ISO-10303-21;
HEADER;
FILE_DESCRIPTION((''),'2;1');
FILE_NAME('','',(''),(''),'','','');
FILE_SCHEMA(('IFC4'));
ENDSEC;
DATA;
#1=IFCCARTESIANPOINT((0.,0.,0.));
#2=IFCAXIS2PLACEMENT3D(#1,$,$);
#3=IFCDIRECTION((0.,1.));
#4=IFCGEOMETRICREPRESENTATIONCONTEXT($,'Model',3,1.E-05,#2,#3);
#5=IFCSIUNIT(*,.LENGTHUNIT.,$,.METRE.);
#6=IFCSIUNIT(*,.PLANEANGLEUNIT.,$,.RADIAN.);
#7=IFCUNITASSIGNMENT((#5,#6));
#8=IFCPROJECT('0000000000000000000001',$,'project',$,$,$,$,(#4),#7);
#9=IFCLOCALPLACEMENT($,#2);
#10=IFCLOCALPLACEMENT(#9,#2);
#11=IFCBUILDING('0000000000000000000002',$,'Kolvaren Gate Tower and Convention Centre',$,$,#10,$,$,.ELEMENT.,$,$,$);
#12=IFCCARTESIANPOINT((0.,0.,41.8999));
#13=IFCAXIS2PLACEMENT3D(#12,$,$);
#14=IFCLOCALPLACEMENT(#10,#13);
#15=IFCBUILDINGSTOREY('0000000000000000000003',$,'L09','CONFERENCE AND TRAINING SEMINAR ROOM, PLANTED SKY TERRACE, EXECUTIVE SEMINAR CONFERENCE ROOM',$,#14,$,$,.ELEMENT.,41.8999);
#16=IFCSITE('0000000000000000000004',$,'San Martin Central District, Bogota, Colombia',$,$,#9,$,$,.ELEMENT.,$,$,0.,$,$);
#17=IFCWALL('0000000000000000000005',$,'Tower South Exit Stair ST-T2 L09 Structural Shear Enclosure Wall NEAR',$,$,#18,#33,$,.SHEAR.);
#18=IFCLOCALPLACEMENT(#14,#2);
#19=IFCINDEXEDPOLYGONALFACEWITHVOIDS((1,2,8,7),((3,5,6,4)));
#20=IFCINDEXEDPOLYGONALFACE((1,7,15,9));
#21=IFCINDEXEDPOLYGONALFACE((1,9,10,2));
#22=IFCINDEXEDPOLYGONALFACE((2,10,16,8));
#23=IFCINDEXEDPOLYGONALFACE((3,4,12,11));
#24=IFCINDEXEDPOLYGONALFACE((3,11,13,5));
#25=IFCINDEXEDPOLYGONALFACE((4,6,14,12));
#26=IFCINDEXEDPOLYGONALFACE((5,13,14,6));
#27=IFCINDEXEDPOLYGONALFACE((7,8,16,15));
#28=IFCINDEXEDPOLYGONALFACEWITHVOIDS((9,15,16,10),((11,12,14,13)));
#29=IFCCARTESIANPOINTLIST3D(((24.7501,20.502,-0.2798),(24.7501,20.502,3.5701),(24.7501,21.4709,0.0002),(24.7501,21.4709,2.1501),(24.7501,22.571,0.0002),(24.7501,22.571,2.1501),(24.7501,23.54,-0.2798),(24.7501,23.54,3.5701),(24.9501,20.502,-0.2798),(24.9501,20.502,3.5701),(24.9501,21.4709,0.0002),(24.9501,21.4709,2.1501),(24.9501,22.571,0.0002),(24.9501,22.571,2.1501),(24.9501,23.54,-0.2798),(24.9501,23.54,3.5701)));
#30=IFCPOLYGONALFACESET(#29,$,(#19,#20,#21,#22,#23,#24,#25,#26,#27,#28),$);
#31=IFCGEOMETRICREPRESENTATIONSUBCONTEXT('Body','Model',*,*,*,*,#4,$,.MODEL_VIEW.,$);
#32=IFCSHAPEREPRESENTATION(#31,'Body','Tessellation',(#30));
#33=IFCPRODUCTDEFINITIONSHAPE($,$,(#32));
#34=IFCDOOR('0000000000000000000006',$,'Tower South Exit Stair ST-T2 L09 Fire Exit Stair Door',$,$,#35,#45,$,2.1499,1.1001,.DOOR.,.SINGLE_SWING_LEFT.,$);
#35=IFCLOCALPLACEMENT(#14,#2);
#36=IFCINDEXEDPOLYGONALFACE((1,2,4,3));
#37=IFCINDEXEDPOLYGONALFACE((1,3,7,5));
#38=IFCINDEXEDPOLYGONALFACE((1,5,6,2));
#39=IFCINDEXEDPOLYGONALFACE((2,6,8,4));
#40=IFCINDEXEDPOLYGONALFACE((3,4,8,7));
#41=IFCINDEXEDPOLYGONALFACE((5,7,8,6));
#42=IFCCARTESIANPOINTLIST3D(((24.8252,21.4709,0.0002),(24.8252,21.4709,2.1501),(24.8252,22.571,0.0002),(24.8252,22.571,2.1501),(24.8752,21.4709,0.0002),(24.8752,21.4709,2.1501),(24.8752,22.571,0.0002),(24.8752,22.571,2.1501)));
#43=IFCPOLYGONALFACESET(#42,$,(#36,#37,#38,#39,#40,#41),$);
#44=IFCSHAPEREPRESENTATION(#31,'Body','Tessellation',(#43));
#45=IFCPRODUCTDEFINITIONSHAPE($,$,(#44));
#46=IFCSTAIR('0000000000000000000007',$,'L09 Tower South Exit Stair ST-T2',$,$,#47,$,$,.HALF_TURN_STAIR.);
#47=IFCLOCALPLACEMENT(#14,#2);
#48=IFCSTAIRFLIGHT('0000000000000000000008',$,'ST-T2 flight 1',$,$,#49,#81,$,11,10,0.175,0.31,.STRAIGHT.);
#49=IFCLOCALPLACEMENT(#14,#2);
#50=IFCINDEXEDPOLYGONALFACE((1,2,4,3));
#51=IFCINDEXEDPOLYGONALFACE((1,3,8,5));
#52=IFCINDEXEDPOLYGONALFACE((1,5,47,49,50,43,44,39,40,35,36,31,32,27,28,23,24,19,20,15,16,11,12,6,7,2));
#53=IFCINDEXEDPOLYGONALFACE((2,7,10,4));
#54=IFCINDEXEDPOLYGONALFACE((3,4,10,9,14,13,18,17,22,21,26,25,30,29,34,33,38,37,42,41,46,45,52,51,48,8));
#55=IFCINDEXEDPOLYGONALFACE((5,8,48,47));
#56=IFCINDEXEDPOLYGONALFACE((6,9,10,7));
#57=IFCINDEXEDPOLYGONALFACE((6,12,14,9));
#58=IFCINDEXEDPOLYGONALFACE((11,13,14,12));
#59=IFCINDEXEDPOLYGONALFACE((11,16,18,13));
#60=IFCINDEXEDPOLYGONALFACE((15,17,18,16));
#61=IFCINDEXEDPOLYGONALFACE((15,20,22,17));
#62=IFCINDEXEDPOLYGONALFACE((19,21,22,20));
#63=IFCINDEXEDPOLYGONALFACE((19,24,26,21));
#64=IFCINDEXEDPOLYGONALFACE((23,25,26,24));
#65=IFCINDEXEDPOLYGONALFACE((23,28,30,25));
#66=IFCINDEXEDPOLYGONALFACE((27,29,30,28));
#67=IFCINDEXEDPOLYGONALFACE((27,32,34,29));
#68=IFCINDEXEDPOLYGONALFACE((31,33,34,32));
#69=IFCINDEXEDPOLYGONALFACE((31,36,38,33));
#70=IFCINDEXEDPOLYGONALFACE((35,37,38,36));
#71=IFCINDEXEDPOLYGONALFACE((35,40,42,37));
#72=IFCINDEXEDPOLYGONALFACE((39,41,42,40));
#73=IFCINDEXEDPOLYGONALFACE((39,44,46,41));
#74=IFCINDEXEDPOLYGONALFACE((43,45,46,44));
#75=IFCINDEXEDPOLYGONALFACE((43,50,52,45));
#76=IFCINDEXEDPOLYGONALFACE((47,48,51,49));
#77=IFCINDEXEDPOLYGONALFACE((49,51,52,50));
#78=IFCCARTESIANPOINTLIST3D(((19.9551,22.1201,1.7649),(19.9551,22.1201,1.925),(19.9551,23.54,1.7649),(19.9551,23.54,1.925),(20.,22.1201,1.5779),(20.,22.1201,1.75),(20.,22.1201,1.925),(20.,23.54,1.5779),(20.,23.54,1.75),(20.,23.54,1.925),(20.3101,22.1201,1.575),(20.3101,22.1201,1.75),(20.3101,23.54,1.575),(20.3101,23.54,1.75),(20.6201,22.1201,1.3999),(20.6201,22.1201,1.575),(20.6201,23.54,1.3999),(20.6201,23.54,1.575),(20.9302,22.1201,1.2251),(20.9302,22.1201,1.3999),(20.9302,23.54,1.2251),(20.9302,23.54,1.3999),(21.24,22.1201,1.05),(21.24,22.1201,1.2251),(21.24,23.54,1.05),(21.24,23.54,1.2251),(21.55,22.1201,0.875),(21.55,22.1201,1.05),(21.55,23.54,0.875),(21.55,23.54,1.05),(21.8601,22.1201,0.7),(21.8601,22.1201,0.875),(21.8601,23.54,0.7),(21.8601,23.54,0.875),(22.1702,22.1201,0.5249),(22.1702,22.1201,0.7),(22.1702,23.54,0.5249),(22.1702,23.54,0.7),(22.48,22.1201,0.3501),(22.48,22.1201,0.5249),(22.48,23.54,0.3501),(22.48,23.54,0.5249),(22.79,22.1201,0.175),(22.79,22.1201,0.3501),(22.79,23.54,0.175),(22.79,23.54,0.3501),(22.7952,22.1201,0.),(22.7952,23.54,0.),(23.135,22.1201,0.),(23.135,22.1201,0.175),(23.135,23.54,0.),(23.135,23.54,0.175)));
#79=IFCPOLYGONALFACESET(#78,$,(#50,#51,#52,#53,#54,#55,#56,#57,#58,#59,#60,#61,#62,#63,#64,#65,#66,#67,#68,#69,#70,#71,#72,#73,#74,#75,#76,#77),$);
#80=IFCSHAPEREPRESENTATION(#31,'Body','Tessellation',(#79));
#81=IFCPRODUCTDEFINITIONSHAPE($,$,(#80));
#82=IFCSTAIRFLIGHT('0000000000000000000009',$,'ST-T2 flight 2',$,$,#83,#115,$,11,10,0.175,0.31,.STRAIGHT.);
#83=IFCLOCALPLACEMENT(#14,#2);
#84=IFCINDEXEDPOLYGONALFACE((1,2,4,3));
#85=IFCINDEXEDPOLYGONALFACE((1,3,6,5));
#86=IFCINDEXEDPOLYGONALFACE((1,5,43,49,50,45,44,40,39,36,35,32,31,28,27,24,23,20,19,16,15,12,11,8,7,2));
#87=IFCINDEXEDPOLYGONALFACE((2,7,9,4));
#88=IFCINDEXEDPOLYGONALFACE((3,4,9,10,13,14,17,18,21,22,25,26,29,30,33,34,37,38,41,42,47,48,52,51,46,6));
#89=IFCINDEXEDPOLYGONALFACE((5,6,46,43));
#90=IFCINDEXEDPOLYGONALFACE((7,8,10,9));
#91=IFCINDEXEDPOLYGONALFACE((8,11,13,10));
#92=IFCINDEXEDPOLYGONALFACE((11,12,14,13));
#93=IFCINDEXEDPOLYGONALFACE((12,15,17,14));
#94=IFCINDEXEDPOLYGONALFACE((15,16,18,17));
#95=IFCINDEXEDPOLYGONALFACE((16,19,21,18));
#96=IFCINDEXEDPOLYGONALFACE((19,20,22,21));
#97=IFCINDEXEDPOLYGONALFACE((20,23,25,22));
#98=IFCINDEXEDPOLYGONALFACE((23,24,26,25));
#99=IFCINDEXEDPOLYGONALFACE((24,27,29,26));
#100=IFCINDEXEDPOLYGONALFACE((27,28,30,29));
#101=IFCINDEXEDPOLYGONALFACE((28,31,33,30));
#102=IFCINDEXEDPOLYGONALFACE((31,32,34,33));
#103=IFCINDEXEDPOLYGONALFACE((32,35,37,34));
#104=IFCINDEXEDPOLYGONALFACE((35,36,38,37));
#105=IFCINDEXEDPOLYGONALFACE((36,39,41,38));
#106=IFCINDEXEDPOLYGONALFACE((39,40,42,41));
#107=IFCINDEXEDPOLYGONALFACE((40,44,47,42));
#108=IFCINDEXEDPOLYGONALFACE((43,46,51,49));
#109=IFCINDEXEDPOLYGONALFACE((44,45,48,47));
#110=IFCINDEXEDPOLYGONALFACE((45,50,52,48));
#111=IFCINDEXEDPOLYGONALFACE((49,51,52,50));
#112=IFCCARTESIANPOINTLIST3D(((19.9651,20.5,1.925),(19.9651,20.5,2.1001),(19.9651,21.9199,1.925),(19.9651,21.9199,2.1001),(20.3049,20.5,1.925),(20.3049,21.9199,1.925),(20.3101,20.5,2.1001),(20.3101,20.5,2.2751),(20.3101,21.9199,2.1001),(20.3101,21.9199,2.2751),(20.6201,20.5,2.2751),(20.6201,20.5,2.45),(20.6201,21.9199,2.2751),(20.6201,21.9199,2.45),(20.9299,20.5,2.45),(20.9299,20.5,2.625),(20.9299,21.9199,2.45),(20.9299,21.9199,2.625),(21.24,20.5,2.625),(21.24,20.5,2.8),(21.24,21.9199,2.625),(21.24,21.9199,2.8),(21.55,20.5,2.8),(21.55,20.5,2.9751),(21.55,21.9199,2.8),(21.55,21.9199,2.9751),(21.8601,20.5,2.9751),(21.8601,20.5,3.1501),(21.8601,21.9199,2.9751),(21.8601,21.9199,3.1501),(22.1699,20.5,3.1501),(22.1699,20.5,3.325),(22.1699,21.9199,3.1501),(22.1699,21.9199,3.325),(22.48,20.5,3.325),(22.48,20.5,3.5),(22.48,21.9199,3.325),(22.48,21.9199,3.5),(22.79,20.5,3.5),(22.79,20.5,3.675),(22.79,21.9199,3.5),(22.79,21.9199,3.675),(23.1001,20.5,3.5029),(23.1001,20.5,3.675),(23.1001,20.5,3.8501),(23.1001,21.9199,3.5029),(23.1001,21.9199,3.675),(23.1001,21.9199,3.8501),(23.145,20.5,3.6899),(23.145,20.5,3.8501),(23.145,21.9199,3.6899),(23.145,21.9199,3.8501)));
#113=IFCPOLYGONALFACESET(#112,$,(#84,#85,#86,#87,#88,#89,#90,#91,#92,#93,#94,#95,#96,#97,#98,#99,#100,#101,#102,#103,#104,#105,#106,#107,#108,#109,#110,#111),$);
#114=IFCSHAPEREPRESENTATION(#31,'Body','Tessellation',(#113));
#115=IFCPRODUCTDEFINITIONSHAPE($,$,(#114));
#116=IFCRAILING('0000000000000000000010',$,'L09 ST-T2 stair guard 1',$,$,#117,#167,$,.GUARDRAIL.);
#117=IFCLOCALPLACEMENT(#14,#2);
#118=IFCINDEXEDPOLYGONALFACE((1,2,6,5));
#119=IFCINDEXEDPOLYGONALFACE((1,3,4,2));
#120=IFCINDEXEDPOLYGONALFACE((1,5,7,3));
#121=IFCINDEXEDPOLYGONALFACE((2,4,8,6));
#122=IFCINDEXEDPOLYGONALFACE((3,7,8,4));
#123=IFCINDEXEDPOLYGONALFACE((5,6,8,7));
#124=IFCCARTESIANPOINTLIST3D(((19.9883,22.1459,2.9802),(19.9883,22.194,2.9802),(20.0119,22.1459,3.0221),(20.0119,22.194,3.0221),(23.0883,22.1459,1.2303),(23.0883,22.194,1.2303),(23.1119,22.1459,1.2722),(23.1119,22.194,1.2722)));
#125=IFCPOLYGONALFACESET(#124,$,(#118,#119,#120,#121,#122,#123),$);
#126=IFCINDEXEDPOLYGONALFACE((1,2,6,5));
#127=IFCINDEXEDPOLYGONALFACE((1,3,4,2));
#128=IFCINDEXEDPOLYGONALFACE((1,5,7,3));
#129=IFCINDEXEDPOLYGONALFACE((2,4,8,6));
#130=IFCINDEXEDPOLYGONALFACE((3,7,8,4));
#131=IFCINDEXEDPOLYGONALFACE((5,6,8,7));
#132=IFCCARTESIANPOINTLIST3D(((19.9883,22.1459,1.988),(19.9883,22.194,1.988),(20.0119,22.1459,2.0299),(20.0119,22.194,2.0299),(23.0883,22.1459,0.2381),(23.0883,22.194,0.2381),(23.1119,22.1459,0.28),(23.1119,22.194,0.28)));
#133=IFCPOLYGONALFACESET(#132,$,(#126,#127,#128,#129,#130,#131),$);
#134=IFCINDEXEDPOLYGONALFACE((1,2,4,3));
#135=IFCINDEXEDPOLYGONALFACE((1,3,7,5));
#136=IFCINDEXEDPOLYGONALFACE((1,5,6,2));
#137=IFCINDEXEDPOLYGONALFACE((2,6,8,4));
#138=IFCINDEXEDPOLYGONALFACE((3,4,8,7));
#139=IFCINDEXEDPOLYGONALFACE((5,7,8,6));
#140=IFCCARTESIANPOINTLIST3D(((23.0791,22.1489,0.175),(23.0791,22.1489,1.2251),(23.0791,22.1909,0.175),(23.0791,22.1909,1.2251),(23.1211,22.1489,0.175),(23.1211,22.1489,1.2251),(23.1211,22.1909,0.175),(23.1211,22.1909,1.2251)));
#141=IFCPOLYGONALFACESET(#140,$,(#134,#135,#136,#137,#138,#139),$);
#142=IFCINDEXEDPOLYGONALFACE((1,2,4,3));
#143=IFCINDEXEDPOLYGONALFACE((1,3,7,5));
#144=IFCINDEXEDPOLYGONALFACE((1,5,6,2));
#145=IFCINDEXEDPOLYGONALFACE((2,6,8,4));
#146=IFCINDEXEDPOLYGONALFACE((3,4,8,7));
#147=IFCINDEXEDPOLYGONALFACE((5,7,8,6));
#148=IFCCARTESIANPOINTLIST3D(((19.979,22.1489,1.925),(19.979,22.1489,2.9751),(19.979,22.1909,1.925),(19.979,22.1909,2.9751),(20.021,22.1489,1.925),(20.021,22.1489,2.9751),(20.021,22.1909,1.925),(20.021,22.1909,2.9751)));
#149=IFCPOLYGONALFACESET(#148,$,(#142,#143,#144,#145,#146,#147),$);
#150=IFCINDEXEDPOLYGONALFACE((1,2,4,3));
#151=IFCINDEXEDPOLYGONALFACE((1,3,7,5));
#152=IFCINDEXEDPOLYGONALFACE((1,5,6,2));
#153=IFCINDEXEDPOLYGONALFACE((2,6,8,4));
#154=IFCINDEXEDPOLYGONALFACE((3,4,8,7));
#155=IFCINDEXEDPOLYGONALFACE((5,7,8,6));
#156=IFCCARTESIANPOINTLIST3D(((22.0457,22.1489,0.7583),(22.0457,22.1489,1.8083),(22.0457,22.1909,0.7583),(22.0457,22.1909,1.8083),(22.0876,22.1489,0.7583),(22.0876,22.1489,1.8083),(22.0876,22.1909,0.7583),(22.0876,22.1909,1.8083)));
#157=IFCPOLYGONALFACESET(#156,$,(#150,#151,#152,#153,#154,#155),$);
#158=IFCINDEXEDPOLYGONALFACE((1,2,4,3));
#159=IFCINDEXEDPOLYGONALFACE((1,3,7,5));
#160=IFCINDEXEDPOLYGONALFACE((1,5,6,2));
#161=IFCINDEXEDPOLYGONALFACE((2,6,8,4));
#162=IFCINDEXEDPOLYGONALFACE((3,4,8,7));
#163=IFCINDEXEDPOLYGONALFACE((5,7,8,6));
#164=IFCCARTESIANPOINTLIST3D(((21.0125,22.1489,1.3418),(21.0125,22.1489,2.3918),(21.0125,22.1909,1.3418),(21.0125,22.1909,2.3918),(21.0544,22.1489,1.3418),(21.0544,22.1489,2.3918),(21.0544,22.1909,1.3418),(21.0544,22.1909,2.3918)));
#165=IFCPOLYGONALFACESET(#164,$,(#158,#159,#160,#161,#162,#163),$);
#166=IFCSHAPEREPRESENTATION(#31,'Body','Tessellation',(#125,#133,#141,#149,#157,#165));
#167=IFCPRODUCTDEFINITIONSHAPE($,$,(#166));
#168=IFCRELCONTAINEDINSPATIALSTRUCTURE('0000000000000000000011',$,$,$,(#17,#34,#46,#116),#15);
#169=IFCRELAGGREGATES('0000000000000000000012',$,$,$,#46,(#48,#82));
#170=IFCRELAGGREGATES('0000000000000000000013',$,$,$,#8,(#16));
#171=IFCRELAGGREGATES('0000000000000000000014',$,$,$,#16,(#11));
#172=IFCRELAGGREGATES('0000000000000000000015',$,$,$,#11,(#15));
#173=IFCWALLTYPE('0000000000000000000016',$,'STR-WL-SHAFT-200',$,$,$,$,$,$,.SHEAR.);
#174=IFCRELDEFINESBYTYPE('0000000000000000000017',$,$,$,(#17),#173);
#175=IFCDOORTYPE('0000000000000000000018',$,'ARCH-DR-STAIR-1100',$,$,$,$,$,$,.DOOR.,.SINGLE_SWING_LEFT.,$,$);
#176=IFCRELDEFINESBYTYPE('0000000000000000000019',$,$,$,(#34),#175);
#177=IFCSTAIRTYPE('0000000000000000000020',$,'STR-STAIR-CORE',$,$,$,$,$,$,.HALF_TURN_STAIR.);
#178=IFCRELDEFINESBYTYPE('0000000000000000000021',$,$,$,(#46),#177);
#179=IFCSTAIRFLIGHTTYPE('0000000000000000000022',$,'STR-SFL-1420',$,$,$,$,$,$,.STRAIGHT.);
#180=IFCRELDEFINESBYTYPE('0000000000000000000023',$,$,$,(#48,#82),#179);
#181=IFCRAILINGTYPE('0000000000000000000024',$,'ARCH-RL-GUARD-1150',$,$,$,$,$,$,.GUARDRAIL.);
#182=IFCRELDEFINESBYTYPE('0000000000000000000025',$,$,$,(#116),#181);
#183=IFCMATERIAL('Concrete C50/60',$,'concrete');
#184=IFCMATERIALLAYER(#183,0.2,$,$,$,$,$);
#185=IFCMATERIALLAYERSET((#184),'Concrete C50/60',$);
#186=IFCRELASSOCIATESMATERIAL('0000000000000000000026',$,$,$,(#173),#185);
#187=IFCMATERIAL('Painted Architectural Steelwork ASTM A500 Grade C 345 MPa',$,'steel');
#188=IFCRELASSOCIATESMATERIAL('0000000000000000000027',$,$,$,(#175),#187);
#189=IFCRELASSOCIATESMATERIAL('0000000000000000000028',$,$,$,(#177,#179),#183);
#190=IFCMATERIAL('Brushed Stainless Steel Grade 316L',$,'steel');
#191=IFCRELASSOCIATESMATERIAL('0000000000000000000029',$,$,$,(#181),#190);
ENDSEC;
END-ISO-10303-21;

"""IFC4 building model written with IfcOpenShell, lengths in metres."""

from ifc_helpers import new_model, si_unit, direction, frame, frame_2d, origin, origin_2d, place, context, subcontext, project, spatial, polyline, rectangle, outline, extrude, material, layer, layer_set, type_object, element, fill, aggregate, save


model = new_model("IFC4")

# Units and contexts
model_context = context("Model", 3, precision=1e-05, world=origin(), true_north=direction((0.0, 1.0)))
body_context = subcontext(model_context, "Body", "Model", "MODEL_VIEW")
ifc_project = project(units=[si_unit("LENGTHUNIT", "METRE"), si_unit("PLANEANGLEUNIT", "RADIAN")], contexts=[model_context])

# Site, building, storey
site_placement = place(None, origin())
site = spatial("IfcSite", under=ifc_project, at=site_placement, Name="San Martin Central District, Bogota, Colombia", CompositionType="ELEMENT", RefElevation=0.0)
building_placement = place(site_placement, origin())
building = spatial("IfcBuilding", under=site, at=building_placement, Name="Kolvaren Gate Tower and Convention Centre", CompositionType="ELEMENT")
storey_placement = place(building_placement, frame((0.0, 0.0, 41.8999)))
storey = spatial("IfcBuildingStorey", under=building, at=storey_placement, Name="L09", Description="CONFERENCE AND TRAINING SEMINAR ROOM, PLANTED SKY TERRACE, EXECUTIVE SEMINAR CONFERENCE ROOM", CompositionType="ELEMENT", Elevation=41.8999)

# Shared definitions
ifc_material_1 = material(Name="Brushed Stainless Steel Grade 316L", Category="steel")

# Wall, opening, door
ifc_material_2 = material(Name="Concrete C50/60", Category="concrete")
ifc_layer_1 = layer(ifc_material_2, 0.2)
ifc_layer_set_1 = layer_set([ifc_layer_1], Name="Concrete C50/60")
wall_type_1 = type_object("IfcWallType", Name="STR-WL-SHAFT-200", PredefinedType="SHEAR", material=ifc_layer_set_1)
wall_1_placement = place(storey_placement, frame((24.8501, 20.502, -0.2798), z_axis=(0.0, 0.0, 1.0), x_axis=(0.0, 1.0, 0.0)))
wall_1 = element("IfcWall", 1, at=wall_1_placement, inside=storey, type_object=wall_type_1, Name="Tower South Exit Stair ST-T2 L09 Structural Shear Enclosure Wall NEAR", PredefinedType="SHEAR", context=body_context, shape_type="SweptSolid", body=[
    extrude(rectangle(XDim=3.0381, YDim=0.2, at=frame_2d((1.519, 0.0))), origin(), (0.0, 0.0, 1.0), 3.8499),
])
opening_1_placement = place(wall_1_placement, frame((0.969, 0.0, 0.28)))
opening_1 = element("IfcOpeningElement", 2, at=opening_1_placement, cuts=wall_1, PredefinedType="OPENING", context=body_context, shape_type="SweptSolid", body=[
    extrude(rectangle(XDim=1.1001, YDim=2.1499, at=frame_2d((0.55, 1.075))), frame((0.0, 0.1099, 0.0), z_axis=(0.0, -1.0, 0.0), x_axis=(1.0, 0.0, 0.0)), (0.0, 0.0, 1.0), 0.22),
])
ifc_material_3 = material(Name="Painted Architectural Steelwork ASTM A500 Grade C 345 MPa", Category="steel")
door_type_1 = type_object("IfcDoorType", Name="ARCH-DR-STAIR-1100", OperationType="SINGLE_SWING_LEFT", PredefinedType="DOOR", material=ifc_material_3)
door_1_placement = place(opening_1_placement, origin())
door_1 = element("IfcDoor", 3, at=door_1_placement, inside=storey, type_object=door_type_1, Name="Tower South Exit Stair ST-T2 L09 Fire Exit Stair Door", OperationType="SINGLE_SWING_LEFT", OverallHeight=2.1499, OverallWidth=1.1001, PredefinedType="DOOR", context=body_context, shape_type="SweptSolid", body=[
    extrude(rectangle(XDim=1.1001, YDim=2.1499, at=frame_2d((0.55, 1.075))), frame((0.0, 0.0249, 0.0), z_axis=(0.0, -1.0, 0.0), x_axis=(1.0, 0.0, 0.0)), (0.0, 0.0, 1.0), 0.05),
])
fill(opening_1, door_1)

# Stair, stair flights
stair_type = type_object("IfcStairType", Name="STR-STAIR-CORE", PredefinedType="HALF_TURN_STAIR", material=ifc_material_2)
stair_placement = place(storey_placement, origin())
stair = element("IfcStair", 4, at=stair_placement, inside=storey, type_object=stair_type, Name="L09 Tower South Exit Stair ST-T2", PredefinedType="HALF_TURN_STAIR")
stair_flight_type = type_object("IfcStairFlightType", Name="STR-SFL-1420", PredefinedType="STRAIGHT", material=ifc_material_2)
stair_flight_1_placement = place(storey_placement, frame((23.1001, 22.8301, 0.0), z_axis=(0.0, 0.0, 1.0), x_axis=(-1.0, 0.0, 0.0)))
stair_flight_1 = element("IfcStairFlight", 5, at=stair_flight_1_placement, type_object=stair_flight_type, Name="ST-T2 flight 1", NumberOfRisers=11, NumberOfTreads=10, PredefinedType="STRAIGHT", RiserHeight=0.175, TreadLength=0.31, context=body_context, shape_type="SweptSolid", body=[
    extrude(outline(polyline([(-0.0349, 0.0), (-0.0349, 0.175), (0.3101, 0.175), (0.3101, 0.3501), (0.6201, 0.3501), (0.6201, 0.5249), (0.9299, 0.5249), (0.9299, 0.7), (1.24, 0.7), (1.24, 0.875), (1.55, 0.875), (1.55, 1.05), (1.8601, 1.05), (1.8601, 1.2251), (2.1699, 1.2251), (2.1699, 1.3999), (2.48, 1.3999), (2.48, 1.575), (2.79, 1.575), (2.79, 1.75), (3.1001, 1.75), (3.1001, 1.925), (3.145, 1.925), (3.145, 1.7649), (3.1001, 1.5779), (0.3049, 0.0), (-0.0349, 0.0)])), frame((0.0, 0.71, 0.0), z_axis=(0.0, -1.0, 0.0), x_axis=(1.0, 0.0, 0.0)), (0.0, 0.0, 1.0), 1.4199),
])
stair_flight_2_placement = place(storey_placement, frame((20.0, 21.21, 1.925), z_axis=(0.0, 0.0, 1.0), x_axis=(1.0, 0.0, 0.0)))
stair_flight_2 = element("IfcStairFlight", 6, at=stair_flight_2_placement, type_object=stair_flight_type, Name="ST-T2 flight 2", NumberOfRisers=11, NumberOfTreads=10, PredefinedType="STRAIGHT", RiserHeight=0.175, TreadLength=0.31, context=body_context, shape_type="SweptSolid", body=[
    extrude(outline(polyline([(-0.0349, 0.0), (-0.0349, 0.175), (0.3101, 0.175), (0.3101, 0.3501), (0.6201, 0.3501), (0.6201, 0.5249), (0.9299, 0.5249), (0.9299, 0.7), (1.24, 0.7), (1.24, 0.875), (1.55, 0.875), (1.55, 1.05), (1.8601, 1.05), (1.8601, 1.2251), (2.1699, 1.2251), (2.1699, 1.3999), (2.48, 1.3999), (2.48, 1.575), (2.79, 1.575), (2.79, 1.75), (3.1001, 1.75), (3.1001, 1.925), (3.145, 1.925), (3.145, 1.7649), (3.1001, 1.5779), (0.3049, 0.0), (-0.0349, 0.0)])), frame((0.0, 0.71, 0.0), z_axis=(0.0, -1.0, 0.0), x_axis=(1.0, 0.0, 0.0)), (0.0, 0.0, 1.0), 1.4199),
])
aggregate(stair, [stair_flight_1, stair_flight_2])

# Railing
railing_type_1 = type_object("IfcRailingType", Name="ARCH-RL-GUARD-1150", PredefinedType="GUARDRAIL", material=ifc_material_1)
railing_1_placement = place(storey_placement, frame((23.1001, 22.1699, 0.175)))
element("IfcRailing", 7, at=railing_1_placement, inside=storey, type_object=railing_type_1, Name="L09 ST-T2 stair guard 1", PredefinedType="GUARDRAIL", context=body_context, shape_type="SweptSolid", body=[
    extrude(rectangle(XDim=0.0481, YDim=0.0481, at=origin_2d()), frame((0.0, 0.0, 1.0762), z_axis=(-0.870831, 0.0, 0.491583), x_axis=(0.0, -1.0, 0.0)), (0.0, 0.0, 1.0), 3.5598),
    extrude(rectangle(XDim=0.0481, YDim=0.0481, at=origin_2d()), frame((0.0, 0.0, 0.084), z_axis=(-0.870831, 0.0, 0.491583), x_axis=(0.0, -1.0, 0.0)), (0.0, 0.0, 1.0), 3.5598),
    extrude(rectangle(XDim=0.042, YDim=0.042, at=origin_2d()), origin(), (0.0, 0.0, 1.0), 1.05),
    extrude(rectangle(XDim=0.042, YDim=0.042, at=origin_2d()), frame((-3.1001, 0.0, 1.75)), (0.0, 0.0, 1.0), 1.05),
    extrude(rectangle(XDim=0.042, YDim=0.042, at=origin_2d()), frame((-1.0334, 0.0, 0.5833)), (0.0, 0.0, 1.0), 1.05),
    extrude(rectangle(XDim=0.042, YDim=0.042, at=origin_2d()), frame((-2.0667, 0.0, 1.1667)), (0.0, 0.0, 1.0), 1.05),
])

save(model, "model.ifc")
